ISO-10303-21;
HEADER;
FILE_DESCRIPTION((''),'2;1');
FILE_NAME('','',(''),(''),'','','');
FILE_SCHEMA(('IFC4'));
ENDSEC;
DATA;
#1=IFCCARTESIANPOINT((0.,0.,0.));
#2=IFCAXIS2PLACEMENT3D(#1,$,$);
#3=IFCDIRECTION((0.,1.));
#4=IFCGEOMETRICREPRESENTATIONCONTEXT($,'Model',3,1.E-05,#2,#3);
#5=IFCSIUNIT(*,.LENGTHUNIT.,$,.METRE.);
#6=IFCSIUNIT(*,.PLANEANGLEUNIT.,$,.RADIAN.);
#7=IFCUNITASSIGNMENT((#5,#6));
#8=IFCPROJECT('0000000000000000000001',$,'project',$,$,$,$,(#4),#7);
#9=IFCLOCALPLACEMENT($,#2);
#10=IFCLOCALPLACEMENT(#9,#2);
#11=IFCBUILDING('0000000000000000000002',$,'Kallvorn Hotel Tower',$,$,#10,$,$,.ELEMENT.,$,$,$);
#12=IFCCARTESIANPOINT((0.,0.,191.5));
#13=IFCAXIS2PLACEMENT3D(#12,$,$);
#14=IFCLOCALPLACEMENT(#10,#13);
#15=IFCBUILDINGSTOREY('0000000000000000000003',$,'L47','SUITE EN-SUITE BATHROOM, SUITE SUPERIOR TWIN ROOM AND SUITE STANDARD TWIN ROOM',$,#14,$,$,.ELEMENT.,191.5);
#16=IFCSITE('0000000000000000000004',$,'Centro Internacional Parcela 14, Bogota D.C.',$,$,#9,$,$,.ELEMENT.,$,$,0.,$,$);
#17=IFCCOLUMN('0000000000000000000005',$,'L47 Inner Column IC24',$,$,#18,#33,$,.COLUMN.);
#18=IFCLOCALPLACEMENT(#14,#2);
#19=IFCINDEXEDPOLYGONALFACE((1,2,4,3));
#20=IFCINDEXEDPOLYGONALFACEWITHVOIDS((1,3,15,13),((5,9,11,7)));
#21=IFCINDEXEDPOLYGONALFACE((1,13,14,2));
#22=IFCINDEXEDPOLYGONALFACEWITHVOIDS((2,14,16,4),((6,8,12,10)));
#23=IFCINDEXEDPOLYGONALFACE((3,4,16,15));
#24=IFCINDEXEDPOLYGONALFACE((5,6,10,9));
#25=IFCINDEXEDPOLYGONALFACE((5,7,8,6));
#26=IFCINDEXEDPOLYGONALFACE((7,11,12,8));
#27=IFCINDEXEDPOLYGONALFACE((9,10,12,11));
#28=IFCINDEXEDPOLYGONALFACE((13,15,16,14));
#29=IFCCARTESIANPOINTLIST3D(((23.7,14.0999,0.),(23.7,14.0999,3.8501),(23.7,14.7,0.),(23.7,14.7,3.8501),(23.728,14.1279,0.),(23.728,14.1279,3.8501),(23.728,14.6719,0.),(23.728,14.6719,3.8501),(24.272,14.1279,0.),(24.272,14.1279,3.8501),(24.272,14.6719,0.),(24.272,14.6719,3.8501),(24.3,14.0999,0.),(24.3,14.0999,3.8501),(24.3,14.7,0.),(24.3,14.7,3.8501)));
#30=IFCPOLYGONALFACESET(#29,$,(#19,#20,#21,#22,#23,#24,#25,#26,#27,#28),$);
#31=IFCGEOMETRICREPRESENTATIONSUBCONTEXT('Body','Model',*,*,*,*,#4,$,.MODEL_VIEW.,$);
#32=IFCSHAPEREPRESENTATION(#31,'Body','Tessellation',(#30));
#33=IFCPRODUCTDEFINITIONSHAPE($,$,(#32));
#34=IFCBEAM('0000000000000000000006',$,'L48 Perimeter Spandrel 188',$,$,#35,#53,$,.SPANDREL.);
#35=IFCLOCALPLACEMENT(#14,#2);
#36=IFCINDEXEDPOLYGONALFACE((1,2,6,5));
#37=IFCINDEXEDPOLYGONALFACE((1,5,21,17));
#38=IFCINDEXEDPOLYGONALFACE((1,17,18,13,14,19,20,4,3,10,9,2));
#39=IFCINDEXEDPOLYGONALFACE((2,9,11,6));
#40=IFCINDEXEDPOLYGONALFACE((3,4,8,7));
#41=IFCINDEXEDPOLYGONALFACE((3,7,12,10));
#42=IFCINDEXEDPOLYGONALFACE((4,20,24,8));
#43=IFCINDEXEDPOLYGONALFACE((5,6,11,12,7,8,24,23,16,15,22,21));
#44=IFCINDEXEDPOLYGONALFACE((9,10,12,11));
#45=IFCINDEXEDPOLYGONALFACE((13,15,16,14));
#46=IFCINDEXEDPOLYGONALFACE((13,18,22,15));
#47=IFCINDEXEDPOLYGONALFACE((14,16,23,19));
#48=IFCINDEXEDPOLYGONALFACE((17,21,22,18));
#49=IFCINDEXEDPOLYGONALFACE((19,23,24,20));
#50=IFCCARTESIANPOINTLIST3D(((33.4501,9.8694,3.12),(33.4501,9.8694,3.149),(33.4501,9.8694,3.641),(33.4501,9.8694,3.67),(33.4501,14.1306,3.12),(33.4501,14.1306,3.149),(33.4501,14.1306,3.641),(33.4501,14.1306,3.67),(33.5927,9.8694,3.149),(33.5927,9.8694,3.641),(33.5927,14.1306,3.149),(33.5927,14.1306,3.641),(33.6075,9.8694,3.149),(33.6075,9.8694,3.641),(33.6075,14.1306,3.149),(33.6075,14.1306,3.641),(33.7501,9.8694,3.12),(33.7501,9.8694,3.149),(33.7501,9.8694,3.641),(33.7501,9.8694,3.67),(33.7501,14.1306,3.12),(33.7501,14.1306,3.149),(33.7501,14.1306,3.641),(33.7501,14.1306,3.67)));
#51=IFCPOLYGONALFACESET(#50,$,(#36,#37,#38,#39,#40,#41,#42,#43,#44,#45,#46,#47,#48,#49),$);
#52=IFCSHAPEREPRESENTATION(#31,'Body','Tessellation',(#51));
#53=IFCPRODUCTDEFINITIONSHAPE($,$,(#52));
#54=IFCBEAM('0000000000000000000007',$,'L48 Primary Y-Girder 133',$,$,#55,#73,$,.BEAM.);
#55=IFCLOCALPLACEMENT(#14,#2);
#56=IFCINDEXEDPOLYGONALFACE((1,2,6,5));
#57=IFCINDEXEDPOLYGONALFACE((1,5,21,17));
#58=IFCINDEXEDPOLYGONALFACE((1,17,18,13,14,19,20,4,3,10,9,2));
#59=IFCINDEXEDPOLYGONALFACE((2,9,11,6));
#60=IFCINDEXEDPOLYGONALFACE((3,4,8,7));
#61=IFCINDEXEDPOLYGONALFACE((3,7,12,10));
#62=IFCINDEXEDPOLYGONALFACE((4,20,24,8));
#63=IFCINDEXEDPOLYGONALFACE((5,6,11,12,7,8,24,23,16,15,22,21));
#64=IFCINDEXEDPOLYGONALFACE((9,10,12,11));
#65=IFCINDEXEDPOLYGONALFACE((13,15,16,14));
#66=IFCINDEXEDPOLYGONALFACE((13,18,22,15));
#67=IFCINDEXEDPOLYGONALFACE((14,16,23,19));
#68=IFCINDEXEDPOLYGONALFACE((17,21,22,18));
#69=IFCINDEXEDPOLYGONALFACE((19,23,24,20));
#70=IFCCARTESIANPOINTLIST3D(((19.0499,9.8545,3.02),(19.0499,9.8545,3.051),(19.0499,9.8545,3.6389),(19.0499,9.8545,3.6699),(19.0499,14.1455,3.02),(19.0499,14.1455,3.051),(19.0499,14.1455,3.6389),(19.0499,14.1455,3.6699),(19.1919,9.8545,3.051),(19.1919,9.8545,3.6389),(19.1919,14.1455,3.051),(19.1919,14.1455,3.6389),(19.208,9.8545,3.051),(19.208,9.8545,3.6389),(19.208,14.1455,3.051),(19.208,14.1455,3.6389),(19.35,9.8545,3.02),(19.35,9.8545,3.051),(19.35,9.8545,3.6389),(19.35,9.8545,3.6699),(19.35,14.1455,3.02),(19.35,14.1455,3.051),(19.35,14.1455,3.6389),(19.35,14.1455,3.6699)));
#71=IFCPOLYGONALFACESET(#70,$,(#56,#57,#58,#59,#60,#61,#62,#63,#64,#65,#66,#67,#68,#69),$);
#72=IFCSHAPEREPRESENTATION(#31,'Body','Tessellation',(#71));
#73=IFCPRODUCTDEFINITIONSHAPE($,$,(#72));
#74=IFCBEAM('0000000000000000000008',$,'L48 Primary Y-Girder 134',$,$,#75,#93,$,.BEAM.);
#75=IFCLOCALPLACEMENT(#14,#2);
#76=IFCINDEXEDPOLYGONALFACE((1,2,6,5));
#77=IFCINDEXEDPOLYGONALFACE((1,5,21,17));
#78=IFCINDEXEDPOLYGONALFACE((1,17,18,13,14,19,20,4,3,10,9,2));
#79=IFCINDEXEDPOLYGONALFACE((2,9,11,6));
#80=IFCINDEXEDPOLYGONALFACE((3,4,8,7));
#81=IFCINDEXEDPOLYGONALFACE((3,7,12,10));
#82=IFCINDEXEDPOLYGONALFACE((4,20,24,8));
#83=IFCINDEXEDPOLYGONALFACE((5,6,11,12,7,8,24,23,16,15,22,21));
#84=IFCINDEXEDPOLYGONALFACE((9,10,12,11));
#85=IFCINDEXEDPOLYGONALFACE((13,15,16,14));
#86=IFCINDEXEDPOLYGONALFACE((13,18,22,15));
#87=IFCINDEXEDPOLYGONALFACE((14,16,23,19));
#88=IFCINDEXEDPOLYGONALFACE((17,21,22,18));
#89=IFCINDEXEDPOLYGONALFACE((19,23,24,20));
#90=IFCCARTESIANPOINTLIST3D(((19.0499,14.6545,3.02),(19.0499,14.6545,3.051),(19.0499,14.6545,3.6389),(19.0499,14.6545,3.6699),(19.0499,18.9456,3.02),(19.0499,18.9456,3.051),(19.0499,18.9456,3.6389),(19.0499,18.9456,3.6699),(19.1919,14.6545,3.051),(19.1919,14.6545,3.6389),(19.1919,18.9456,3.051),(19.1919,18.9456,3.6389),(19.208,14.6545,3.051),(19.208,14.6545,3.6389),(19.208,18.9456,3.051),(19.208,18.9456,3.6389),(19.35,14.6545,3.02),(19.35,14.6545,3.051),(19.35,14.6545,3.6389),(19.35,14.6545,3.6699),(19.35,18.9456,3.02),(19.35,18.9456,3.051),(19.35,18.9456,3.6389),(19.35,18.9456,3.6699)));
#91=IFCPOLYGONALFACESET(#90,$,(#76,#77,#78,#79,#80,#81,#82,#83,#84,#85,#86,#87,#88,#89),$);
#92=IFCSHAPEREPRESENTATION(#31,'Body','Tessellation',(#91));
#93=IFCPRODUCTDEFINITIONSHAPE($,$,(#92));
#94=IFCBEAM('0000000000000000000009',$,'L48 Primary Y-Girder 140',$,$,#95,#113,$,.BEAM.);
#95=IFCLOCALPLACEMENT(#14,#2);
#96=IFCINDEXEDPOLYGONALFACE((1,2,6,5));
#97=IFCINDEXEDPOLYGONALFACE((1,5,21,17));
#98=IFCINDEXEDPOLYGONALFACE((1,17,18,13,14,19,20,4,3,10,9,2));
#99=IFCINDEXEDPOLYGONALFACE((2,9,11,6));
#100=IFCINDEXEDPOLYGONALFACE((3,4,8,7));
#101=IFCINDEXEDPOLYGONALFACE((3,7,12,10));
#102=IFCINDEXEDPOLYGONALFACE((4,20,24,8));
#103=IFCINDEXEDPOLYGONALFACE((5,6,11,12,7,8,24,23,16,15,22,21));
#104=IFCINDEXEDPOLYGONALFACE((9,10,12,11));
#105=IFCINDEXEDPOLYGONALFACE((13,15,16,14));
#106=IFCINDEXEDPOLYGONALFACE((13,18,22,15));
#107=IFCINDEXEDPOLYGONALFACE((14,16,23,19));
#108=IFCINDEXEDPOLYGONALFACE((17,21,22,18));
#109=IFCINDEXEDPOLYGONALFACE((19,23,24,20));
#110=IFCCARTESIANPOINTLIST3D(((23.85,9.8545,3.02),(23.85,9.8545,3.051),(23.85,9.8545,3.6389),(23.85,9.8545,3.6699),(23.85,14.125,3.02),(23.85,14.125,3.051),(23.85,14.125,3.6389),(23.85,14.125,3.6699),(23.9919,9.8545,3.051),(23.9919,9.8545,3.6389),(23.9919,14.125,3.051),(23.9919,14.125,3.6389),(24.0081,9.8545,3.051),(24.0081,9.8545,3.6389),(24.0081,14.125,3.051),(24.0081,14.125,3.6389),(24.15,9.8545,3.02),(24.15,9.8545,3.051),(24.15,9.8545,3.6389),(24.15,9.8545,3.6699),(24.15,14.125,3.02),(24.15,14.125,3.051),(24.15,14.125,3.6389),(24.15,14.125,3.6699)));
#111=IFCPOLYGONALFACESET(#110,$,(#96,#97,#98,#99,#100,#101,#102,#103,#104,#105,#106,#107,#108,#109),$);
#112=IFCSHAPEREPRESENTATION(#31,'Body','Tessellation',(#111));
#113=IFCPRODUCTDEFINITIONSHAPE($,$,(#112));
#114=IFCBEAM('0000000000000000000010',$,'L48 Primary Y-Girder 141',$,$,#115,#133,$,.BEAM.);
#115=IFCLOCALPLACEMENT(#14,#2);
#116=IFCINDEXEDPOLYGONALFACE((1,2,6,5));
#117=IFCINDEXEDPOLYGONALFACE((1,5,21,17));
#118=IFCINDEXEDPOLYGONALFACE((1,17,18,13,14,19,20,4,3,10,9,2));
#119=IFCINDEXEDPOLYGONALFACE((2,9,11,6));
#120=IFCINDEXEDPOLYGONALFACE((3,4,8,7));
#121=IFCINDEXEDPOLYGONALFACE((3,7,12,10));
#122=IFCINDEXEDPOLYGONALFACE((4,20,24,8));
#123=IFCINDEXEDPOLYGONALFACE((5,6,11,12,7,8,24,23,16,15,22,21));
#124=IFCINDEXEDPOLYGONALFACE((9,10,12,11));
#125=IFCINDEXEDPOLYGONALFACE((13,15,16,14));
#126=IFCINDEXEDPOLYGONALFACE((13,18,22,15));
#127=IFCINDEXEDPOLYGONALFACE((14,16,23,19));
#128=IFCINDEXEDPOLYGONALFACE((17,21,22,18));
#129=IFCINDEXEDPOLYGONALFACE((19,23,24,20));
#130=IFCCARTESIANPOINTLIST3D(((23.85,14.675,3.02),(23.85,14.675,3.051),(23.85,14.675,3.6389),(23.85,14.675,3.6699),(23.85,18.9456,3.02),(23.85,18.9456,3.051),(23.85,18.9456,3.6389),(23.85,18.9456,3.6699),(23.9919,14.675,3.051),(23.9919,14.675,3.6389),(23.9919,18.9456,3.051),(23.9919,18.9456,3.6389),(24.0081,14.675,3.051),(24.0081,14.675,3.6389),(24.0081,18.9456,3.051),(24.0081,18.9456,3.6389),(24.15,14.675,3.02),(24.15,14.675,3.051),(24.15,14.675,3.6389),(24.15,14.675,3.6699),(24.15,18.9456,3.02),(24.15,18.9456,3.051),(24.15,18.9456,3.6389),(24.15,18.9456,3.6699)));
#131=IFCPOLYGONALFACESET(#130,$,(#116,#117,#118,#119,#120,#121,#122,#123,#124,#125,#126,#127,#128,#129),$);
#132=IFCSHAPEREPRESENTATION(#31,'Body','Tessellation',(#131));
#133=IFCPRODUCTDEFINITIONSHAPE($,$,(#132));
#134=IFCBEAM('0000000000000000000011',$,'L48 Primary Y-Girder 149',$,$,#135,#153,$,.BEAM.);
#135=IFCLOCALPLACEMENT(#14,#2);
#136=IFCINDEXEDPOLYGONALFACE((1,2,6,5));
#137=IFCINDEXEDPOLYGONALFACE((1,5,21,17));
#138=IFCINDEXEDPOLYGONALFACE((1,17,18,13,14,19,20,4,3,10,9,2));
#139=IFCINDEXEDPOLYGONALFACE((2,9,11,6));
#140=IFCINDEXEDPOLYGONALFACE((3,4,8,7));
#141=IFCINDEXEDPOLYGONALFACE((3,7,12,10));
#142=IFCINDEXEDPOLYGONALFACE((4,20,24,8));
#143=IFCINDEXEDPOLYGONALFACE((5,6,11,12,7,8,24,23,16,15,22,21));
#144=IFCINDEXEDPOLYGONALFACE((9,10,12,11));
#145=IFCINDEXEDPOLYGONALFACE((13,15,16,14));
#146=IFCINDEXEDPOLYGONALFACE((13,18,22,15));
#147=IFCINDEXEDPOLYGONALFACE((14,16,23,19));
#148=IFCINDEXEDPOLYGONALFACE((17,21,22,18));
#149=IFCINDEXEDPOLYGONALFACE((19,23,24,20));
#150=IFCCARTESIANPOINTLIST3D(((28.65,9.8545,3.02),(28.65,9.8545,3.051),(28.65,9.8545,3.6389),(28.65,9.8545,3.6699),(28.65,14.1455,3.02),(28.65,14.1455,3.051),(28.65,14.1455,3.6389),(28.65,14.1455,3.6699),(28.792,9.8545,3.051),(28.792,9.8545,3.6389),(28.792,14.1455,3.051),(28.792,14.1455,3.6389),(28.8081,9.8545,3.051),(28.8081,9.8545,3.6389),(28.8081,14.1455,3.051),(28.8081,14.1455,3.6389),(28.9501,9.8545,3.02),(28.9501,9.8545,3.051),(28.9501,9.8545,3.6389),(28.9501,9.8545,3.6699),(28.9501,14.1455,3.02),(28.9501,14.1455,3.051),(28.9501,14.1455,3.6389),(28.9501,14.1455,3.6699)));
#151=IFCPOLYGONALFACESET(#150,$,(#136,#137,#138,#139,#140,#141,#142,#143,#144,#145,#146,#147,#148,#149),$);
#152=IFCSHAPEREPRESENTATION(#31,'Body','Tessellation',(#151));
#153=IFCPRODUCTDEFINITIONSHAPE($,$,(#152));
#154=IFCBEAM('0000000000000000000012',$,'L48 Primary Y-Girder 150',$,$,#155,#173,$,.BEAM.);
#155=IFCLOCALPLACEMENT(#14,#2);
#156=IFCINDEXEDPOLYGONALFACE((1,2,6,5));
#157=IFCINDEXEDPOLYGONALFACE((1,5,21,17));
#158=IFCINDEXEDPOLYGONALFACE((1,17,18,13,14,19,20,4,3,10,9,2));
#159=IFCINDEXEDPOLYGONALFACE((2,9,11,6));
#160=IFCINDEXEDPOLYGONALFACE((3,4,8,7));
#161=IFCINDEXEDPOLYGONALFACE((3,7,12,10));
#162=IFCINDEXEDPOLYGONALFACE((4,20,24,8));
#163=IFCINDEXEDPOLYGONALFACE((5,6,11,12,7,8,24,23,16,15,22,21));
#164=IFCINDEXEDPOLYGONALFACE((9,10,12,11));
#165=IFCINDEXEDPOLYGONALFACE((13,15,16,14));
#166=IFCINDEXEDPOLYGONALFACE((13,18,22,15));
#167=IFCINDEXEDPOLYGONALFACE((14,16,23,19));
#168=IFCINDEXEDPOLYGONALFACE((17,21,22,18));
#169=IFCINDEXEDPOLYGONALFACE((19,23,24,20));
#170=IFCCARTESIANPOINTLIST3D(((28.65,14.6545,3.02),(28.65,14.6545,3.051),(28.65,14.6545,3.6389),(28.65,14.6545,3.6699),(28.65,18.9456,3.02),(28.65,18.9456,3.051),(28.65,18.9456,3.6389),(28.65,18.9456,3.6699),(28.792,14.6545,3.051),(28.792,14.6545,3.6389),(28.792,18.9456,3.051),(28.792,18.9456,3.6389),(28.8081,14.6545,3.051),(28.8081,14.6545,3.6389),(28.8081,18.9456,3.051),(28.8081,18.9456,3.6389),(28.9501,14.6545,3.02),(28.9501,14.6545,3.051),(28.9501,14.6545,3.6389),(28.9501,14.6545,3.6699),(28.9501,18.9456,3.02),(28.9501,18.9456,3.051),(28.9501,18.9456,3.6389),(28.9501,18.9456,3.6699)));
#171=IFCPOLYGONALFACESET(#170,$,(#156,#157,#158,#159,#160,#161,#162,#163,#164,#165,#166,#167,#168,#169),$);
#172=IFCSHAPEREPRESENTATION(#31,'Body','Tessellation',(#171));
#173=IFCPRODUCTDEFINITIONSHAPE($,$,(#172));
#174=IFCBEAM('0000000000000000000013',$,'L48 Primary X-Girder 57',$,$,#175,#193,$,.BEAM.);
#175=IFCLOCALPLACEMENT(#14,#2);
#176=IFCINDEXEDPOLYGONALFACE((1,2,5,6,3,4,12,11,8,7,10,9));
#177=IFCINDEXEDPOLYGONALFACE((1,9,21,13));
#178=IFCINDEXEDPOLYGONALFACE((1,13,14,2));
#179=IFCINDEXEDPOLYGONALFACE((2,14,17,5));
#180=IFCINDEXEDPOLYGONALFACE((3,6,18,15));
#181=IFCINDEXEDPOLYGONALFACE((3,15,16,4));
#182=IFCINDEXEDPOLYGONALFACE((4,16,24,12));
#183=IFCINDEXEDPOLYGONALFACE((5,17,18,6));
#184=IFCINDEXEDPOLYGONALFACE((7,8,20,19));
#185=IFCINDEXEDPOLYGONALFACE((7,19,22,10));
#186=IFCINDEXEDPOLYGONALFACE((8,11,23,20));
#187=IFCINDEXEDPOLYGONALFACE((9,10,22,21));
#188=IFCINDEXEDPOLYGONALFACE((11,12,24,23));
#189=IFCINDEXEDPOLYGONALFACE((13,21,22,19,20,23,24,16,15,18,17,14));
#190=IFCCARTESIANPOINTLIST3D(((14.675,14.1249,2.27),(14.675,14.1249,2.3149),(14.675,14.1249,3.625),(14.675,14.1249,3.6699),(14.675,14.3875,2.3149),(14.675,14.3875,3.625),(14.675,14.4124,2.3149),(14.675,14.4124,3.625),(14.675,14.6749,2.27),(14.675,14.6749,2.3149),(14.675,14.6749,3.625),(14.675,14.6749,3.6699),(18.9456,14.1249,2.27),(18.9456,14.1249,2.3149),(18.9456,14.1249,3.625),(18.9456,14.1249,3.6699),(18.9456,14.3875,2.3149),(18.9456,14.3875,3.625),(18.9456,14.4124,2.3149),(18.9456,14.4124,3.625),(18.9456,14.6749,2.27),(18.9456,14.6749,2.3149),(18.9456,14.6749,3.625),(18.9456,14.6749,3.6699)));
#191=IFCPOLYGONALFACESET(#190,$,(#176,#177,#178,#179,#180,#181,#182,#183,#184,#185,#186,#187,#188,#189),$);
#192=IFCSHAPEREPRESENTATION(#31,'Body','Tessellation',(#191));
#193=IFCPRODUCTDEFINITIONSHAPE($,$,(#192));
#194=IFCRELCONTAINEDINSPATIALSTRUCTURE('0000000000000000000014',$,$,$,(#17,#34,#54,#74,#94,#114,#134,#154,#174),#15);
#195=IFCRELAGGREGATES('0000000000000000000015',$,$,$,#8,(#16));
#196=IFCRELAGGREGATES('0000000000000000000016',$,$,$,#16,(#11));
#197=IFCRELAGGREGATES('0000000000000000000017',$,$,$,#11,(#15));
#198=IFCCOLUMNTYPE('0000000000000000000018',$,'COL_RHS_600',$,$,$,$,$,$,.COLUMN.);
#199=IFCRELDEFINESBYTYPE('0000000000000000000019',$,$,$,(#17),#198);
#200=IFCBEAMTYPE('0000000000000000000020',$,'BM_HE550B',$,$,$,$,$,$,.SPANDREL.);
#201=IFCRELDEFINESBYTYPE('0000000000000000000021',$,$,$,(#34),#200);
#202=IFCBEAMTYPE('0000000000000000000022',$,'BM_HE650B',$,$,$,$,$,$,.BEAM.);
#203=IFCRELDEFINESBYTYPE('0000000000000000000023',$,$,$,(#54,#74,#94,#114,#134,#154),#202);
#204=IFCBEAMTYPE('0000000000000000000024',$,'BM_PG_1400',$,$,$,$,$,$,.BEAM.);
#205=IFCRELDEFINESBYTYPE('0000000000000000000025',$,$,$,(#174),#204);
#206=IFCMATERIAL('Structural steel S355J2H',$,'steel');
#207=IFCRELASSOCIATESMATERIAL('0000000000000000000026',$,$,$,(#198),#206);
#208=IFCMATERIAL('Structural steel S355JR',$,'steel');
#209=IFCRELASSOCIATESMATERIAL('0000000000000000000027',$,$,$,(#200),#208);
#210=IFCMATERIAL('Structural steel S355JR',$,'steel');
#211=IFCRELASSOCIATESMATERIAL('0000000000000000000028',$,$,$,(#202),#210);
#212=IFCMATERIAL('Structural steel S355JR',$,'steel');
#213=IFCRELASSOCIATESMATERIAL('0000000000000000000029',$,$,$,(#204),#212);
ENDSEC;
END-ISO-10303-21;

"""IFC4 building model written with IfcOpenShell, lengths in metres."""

from ifc_helpers import new_model, si_unit, direction, frame, origin, origin_2d, place, context, subcontext, project, spatial, hollow_rectangle, i_section, extrude, material, material_profile, profile_set, type_object, element, save


model = new_model("IFC4")

# Units and contexts
model_context = context("Model", 3, precision=1e-05, world=origin(), true_north=direction((0.0, 1.0)))
body_context = subcontext(model_context, "Body", "Model", "MODEL_VIEW")
ifc_project = project(units=[si_unit("LENGTHUNIT", "METRE"), si_unit("PLANEANGLEUNIT", "RADIAN")], contexts=[model_context])

# Site, building, storey
site_placement = place(None, origin())
site = spatial("IfcSite", under=ifc_project, at=site_placement, Name="Centro Internacional Parcela 14, Bogota D.C.", CompositionType="ELEMENT", RefElevation=0.0)
building_placement = place(site_placement, origin())
building = spatial("IfcBuilding", under=site, at=building_placement, Name="Kallvorn Hotel Tower", CompositionType="ELEMENT")
storey_placement = place(building_placement, frame((0.0, 0.0, 191.5)))
storey = spatial("IfcBuildingStorey", under=building, at=storey_placement, Name="L47", Description="SUITE EN-SUITE BATHROOM, SUITE SUPERIOR TWIN ROOM AND SUITE STANDARD TWIN ROOM", CompositionType="ELEMENT", Elevation=191.5)

# Column
ifc_material_1 = material(Name="Structural steel S355J2H", Category="steel")
ifc_material_profile_1 = material_profile(ifc_material_1, hollow_rectangle(XDim=0.6001, YDim=0.6001, WallThickness=0.0281, at=origin_2d()), Name="RHS 600x600x28")
ifc_profile_set_1 = profile_set([ifc_material_profile_1], Name="Structural steel S355J2H")
column_type_1 = type_object("IfcColumnType", Name="COL_RHS_600", PredefinedType="COLUMN", material=ifc_profile_set_1)
column_placement = place(storey_placement, frame((24.0, 14.3999, 0.0), z_axis=(0.0, 0.0, 1.0), x_axis=(1.0, 0.0, 0.0)))
element("IfcColumn", 1, at=column_placement, inside=storey, type_object=column_type_1, Name="L47 Inner Column IC24", PredefinedType="COLUMN", context=body_context, shape_type="SweptSolid", body=[
    extrude(hollow_rectangle(XDim=0.6001, YDim=0.6001, WallThickness=0.0281, at=origin_2d()), origin(), (0.0, 0.0, 1.0), 3.8501),
])

# Beams
ifc_material_2 = material(Name="Structural steel S355JR", Category="steel")
ifc_material_profile_2 = material_profile(ifc_material_2, i_section(OverallWidth=0.3, OverallDepth=0.55, WebThickness=0.0149, FlangeThickness=0.0291, at=origin_2d()), Name="HE 550 B")
ifc_profile_set_2 = profile_set([ifc_material_profile_2], Name="Structural steel S355JR")
beam_type_1 = type_object("IfcBeamType", Name="BM_HE550B", PredefinedType="SPANDREL", material=ifc_profile_set_2)
beam_1_placement = place(storey_placement, frame((33.6001, 9.8694, 3.395), z_axis=(0.0, 1.0, 0.0), x_axis=(-1.0, 0.0, 0.0)))
element("IfcBeam", 2, at=beam_1_placement, inside=storey, type_object=beam_type_1, Name="L48 Perimeter Spandrel 188", PredefinedType="SPANDREL", context=body_context, shape_type="SweptSolid", body=[
    extrude(i_section(OverallWidth=0.3, OverallDepth=0.55, WebThickness=0.0149, FlangeThickness=0.0291, at=origin_2d()), origin(), (0.0, 0.0, 1.0), 4.2612),
])
ifc_material_3 = material(Name="Structural steel S355JR", Category="steel")
ifc_material_profile_3 = material_profile(ifc_material_3, i_section(OverallWidth=0.3, OverallDepth=0.6499, WebThickness=0.0161, FlangeThickness=0.031, at=origin_2d()), Name="HE 650 B")
ifc_profile_set_3 = profile_set([ifc_material_profile_3], Name="Structural steel S355JR")
beam_type_2 = type_object("IfcBeamType", Name="BM_HE650B", PredefinedType="BEAM", material=ifc_profile_set_3)
for number, where, z_axis, x_axis, name in (
    (3, (19.2, 9.8545, 3.345), (0.0, 1.0, 0.0), (-1.0, 0.0, 0.0), "L48 Primary Y-Girder 133"),
    (4, (19.2, 14.6545, 3.345), (0.0, 1.0, 0.0), (-1.0, 0.0, 0.0), "L48 Primary Y-Girder 134"),
):
    element("IfcBeam", number, at=place(storey_placement, frame(where, z_axis=z_axis, x_axis=x_axis)), inside=storey, type_object=beam_type_2, Name=name, PredefinedType="BEAM", context=body_context, shape_type="SweptSolid", body=[
        extrude(i_section(OverallWidth=0.3, OverallDepth=0.6499, WebThickness=0.0161, FlangeThickness=0.031, at=origin_2d()), origin(), (0.0, 0.0, 1.0), 4.291),
    ])
for number, where, z_axis, x_axis, name in (
    (5, (24.0, 9.8545, 3.345), (0.0, 1.0, 0.0), (-1.0, 0.0, 0.0), "L48 Primary Y-Girder 140"),
    (6, (24.0, 14.675, 3.345), (0.0, 1.0, 0.0), (-1.0, 0.0, 0.0), "L48 Primary Y-Girder 141"),
):
    element("IfcBeam", number, at=place(storey_placement, frame(where, z_axis=z_axis, x_axis=x_axis)), inside=storey, type_object=beam_type_2, Name=name, PredefinedType="BEAM", context=body_context, shape_type="SweptSolid", body=[
        extrude(i_section(OverallWidth=0.3, OverallDepth=0.6499, WebThickness=0.0161, FlangeThickness=0.031, at=origin_2d()), origin(), (0.0, 0.0, 1.0), 4.2705),
    ])
for number, where, z_axis, x_axis, name in (
    (7, (28.8, 9.8545, 3.345), (0.0, 1.0, 0.0), (-1.0, 0.0, 0.0), "L48 Primary Y-Girder 149"),
    (8, (28.8, 14.6545, 3.345), (0.0, 1.0, 0.0), (-1.0, 0.0, 0.0), "L48 Primary Y-Girder 150"),
):
    element("IfcBeam", number, at=place(storey_placement, frame(where, z_axis=z_axis, x_axis=x_axis)), inside=storey, type_object=beam_type_2, Name=name, PredefinedType="BEAM", context=body_context, shape_type="SweptSolid", body=[
        extrude(i_section(OverallWidth=0.3, OverallDepth=0.6499, WebThickness=0.0161, FlangeThickness=0.031, at=origin_2d()), origin(), (0.0, 0.0, 1.0), 4.291),
    ])
ifc_material_4 = material(Name="Structural steel S355JR", Category="steel")
ifc_material_profile_4 = material_profile(ifc_material_4, i_section(OverallWidth=0.55, OverallDepth=1.3999, WebThickness=0.0249, FlangeThickness=0.0449, at=origin_2d()), Name="PG 1400x550x25x45")
ifc_profile_set_4 = profile_set([ifc_material_profile_4], Name="Structural steel S355JR")
beam_type_3 = type_object("IfcBeamType", Name="BM_PG_1400", PredefinedType="BEAM", material=ifc_profile_set_4)
for number, where, z_axis, x_axis, name in (
    (9, (14.675, 14.3999, 2.97), (1.0, 0.0, 0.0), (0.0, 1.0, 0.0), "L48 Primary X-Girder 57"),
):
    element("IfcBeam", number, at=place(storey_placement, frame(where, z_axis=z_axis, x_axis=x_axis)), inside=storey, type_object=beam_type_3, Name=name, PredefinedType="BEAM", context=body_context, shape_type="SweptSolid", body=[
        extrude(i_section(OverallWidth=0.55, OverallDepth=1.3999, WebThickness=0.0249, FlangeThickness=0.0449, at=origin_2d()), origin(), (0.0, 0.0, 1.0), 4.2705),
    ])

save(model, "model.ifc")
